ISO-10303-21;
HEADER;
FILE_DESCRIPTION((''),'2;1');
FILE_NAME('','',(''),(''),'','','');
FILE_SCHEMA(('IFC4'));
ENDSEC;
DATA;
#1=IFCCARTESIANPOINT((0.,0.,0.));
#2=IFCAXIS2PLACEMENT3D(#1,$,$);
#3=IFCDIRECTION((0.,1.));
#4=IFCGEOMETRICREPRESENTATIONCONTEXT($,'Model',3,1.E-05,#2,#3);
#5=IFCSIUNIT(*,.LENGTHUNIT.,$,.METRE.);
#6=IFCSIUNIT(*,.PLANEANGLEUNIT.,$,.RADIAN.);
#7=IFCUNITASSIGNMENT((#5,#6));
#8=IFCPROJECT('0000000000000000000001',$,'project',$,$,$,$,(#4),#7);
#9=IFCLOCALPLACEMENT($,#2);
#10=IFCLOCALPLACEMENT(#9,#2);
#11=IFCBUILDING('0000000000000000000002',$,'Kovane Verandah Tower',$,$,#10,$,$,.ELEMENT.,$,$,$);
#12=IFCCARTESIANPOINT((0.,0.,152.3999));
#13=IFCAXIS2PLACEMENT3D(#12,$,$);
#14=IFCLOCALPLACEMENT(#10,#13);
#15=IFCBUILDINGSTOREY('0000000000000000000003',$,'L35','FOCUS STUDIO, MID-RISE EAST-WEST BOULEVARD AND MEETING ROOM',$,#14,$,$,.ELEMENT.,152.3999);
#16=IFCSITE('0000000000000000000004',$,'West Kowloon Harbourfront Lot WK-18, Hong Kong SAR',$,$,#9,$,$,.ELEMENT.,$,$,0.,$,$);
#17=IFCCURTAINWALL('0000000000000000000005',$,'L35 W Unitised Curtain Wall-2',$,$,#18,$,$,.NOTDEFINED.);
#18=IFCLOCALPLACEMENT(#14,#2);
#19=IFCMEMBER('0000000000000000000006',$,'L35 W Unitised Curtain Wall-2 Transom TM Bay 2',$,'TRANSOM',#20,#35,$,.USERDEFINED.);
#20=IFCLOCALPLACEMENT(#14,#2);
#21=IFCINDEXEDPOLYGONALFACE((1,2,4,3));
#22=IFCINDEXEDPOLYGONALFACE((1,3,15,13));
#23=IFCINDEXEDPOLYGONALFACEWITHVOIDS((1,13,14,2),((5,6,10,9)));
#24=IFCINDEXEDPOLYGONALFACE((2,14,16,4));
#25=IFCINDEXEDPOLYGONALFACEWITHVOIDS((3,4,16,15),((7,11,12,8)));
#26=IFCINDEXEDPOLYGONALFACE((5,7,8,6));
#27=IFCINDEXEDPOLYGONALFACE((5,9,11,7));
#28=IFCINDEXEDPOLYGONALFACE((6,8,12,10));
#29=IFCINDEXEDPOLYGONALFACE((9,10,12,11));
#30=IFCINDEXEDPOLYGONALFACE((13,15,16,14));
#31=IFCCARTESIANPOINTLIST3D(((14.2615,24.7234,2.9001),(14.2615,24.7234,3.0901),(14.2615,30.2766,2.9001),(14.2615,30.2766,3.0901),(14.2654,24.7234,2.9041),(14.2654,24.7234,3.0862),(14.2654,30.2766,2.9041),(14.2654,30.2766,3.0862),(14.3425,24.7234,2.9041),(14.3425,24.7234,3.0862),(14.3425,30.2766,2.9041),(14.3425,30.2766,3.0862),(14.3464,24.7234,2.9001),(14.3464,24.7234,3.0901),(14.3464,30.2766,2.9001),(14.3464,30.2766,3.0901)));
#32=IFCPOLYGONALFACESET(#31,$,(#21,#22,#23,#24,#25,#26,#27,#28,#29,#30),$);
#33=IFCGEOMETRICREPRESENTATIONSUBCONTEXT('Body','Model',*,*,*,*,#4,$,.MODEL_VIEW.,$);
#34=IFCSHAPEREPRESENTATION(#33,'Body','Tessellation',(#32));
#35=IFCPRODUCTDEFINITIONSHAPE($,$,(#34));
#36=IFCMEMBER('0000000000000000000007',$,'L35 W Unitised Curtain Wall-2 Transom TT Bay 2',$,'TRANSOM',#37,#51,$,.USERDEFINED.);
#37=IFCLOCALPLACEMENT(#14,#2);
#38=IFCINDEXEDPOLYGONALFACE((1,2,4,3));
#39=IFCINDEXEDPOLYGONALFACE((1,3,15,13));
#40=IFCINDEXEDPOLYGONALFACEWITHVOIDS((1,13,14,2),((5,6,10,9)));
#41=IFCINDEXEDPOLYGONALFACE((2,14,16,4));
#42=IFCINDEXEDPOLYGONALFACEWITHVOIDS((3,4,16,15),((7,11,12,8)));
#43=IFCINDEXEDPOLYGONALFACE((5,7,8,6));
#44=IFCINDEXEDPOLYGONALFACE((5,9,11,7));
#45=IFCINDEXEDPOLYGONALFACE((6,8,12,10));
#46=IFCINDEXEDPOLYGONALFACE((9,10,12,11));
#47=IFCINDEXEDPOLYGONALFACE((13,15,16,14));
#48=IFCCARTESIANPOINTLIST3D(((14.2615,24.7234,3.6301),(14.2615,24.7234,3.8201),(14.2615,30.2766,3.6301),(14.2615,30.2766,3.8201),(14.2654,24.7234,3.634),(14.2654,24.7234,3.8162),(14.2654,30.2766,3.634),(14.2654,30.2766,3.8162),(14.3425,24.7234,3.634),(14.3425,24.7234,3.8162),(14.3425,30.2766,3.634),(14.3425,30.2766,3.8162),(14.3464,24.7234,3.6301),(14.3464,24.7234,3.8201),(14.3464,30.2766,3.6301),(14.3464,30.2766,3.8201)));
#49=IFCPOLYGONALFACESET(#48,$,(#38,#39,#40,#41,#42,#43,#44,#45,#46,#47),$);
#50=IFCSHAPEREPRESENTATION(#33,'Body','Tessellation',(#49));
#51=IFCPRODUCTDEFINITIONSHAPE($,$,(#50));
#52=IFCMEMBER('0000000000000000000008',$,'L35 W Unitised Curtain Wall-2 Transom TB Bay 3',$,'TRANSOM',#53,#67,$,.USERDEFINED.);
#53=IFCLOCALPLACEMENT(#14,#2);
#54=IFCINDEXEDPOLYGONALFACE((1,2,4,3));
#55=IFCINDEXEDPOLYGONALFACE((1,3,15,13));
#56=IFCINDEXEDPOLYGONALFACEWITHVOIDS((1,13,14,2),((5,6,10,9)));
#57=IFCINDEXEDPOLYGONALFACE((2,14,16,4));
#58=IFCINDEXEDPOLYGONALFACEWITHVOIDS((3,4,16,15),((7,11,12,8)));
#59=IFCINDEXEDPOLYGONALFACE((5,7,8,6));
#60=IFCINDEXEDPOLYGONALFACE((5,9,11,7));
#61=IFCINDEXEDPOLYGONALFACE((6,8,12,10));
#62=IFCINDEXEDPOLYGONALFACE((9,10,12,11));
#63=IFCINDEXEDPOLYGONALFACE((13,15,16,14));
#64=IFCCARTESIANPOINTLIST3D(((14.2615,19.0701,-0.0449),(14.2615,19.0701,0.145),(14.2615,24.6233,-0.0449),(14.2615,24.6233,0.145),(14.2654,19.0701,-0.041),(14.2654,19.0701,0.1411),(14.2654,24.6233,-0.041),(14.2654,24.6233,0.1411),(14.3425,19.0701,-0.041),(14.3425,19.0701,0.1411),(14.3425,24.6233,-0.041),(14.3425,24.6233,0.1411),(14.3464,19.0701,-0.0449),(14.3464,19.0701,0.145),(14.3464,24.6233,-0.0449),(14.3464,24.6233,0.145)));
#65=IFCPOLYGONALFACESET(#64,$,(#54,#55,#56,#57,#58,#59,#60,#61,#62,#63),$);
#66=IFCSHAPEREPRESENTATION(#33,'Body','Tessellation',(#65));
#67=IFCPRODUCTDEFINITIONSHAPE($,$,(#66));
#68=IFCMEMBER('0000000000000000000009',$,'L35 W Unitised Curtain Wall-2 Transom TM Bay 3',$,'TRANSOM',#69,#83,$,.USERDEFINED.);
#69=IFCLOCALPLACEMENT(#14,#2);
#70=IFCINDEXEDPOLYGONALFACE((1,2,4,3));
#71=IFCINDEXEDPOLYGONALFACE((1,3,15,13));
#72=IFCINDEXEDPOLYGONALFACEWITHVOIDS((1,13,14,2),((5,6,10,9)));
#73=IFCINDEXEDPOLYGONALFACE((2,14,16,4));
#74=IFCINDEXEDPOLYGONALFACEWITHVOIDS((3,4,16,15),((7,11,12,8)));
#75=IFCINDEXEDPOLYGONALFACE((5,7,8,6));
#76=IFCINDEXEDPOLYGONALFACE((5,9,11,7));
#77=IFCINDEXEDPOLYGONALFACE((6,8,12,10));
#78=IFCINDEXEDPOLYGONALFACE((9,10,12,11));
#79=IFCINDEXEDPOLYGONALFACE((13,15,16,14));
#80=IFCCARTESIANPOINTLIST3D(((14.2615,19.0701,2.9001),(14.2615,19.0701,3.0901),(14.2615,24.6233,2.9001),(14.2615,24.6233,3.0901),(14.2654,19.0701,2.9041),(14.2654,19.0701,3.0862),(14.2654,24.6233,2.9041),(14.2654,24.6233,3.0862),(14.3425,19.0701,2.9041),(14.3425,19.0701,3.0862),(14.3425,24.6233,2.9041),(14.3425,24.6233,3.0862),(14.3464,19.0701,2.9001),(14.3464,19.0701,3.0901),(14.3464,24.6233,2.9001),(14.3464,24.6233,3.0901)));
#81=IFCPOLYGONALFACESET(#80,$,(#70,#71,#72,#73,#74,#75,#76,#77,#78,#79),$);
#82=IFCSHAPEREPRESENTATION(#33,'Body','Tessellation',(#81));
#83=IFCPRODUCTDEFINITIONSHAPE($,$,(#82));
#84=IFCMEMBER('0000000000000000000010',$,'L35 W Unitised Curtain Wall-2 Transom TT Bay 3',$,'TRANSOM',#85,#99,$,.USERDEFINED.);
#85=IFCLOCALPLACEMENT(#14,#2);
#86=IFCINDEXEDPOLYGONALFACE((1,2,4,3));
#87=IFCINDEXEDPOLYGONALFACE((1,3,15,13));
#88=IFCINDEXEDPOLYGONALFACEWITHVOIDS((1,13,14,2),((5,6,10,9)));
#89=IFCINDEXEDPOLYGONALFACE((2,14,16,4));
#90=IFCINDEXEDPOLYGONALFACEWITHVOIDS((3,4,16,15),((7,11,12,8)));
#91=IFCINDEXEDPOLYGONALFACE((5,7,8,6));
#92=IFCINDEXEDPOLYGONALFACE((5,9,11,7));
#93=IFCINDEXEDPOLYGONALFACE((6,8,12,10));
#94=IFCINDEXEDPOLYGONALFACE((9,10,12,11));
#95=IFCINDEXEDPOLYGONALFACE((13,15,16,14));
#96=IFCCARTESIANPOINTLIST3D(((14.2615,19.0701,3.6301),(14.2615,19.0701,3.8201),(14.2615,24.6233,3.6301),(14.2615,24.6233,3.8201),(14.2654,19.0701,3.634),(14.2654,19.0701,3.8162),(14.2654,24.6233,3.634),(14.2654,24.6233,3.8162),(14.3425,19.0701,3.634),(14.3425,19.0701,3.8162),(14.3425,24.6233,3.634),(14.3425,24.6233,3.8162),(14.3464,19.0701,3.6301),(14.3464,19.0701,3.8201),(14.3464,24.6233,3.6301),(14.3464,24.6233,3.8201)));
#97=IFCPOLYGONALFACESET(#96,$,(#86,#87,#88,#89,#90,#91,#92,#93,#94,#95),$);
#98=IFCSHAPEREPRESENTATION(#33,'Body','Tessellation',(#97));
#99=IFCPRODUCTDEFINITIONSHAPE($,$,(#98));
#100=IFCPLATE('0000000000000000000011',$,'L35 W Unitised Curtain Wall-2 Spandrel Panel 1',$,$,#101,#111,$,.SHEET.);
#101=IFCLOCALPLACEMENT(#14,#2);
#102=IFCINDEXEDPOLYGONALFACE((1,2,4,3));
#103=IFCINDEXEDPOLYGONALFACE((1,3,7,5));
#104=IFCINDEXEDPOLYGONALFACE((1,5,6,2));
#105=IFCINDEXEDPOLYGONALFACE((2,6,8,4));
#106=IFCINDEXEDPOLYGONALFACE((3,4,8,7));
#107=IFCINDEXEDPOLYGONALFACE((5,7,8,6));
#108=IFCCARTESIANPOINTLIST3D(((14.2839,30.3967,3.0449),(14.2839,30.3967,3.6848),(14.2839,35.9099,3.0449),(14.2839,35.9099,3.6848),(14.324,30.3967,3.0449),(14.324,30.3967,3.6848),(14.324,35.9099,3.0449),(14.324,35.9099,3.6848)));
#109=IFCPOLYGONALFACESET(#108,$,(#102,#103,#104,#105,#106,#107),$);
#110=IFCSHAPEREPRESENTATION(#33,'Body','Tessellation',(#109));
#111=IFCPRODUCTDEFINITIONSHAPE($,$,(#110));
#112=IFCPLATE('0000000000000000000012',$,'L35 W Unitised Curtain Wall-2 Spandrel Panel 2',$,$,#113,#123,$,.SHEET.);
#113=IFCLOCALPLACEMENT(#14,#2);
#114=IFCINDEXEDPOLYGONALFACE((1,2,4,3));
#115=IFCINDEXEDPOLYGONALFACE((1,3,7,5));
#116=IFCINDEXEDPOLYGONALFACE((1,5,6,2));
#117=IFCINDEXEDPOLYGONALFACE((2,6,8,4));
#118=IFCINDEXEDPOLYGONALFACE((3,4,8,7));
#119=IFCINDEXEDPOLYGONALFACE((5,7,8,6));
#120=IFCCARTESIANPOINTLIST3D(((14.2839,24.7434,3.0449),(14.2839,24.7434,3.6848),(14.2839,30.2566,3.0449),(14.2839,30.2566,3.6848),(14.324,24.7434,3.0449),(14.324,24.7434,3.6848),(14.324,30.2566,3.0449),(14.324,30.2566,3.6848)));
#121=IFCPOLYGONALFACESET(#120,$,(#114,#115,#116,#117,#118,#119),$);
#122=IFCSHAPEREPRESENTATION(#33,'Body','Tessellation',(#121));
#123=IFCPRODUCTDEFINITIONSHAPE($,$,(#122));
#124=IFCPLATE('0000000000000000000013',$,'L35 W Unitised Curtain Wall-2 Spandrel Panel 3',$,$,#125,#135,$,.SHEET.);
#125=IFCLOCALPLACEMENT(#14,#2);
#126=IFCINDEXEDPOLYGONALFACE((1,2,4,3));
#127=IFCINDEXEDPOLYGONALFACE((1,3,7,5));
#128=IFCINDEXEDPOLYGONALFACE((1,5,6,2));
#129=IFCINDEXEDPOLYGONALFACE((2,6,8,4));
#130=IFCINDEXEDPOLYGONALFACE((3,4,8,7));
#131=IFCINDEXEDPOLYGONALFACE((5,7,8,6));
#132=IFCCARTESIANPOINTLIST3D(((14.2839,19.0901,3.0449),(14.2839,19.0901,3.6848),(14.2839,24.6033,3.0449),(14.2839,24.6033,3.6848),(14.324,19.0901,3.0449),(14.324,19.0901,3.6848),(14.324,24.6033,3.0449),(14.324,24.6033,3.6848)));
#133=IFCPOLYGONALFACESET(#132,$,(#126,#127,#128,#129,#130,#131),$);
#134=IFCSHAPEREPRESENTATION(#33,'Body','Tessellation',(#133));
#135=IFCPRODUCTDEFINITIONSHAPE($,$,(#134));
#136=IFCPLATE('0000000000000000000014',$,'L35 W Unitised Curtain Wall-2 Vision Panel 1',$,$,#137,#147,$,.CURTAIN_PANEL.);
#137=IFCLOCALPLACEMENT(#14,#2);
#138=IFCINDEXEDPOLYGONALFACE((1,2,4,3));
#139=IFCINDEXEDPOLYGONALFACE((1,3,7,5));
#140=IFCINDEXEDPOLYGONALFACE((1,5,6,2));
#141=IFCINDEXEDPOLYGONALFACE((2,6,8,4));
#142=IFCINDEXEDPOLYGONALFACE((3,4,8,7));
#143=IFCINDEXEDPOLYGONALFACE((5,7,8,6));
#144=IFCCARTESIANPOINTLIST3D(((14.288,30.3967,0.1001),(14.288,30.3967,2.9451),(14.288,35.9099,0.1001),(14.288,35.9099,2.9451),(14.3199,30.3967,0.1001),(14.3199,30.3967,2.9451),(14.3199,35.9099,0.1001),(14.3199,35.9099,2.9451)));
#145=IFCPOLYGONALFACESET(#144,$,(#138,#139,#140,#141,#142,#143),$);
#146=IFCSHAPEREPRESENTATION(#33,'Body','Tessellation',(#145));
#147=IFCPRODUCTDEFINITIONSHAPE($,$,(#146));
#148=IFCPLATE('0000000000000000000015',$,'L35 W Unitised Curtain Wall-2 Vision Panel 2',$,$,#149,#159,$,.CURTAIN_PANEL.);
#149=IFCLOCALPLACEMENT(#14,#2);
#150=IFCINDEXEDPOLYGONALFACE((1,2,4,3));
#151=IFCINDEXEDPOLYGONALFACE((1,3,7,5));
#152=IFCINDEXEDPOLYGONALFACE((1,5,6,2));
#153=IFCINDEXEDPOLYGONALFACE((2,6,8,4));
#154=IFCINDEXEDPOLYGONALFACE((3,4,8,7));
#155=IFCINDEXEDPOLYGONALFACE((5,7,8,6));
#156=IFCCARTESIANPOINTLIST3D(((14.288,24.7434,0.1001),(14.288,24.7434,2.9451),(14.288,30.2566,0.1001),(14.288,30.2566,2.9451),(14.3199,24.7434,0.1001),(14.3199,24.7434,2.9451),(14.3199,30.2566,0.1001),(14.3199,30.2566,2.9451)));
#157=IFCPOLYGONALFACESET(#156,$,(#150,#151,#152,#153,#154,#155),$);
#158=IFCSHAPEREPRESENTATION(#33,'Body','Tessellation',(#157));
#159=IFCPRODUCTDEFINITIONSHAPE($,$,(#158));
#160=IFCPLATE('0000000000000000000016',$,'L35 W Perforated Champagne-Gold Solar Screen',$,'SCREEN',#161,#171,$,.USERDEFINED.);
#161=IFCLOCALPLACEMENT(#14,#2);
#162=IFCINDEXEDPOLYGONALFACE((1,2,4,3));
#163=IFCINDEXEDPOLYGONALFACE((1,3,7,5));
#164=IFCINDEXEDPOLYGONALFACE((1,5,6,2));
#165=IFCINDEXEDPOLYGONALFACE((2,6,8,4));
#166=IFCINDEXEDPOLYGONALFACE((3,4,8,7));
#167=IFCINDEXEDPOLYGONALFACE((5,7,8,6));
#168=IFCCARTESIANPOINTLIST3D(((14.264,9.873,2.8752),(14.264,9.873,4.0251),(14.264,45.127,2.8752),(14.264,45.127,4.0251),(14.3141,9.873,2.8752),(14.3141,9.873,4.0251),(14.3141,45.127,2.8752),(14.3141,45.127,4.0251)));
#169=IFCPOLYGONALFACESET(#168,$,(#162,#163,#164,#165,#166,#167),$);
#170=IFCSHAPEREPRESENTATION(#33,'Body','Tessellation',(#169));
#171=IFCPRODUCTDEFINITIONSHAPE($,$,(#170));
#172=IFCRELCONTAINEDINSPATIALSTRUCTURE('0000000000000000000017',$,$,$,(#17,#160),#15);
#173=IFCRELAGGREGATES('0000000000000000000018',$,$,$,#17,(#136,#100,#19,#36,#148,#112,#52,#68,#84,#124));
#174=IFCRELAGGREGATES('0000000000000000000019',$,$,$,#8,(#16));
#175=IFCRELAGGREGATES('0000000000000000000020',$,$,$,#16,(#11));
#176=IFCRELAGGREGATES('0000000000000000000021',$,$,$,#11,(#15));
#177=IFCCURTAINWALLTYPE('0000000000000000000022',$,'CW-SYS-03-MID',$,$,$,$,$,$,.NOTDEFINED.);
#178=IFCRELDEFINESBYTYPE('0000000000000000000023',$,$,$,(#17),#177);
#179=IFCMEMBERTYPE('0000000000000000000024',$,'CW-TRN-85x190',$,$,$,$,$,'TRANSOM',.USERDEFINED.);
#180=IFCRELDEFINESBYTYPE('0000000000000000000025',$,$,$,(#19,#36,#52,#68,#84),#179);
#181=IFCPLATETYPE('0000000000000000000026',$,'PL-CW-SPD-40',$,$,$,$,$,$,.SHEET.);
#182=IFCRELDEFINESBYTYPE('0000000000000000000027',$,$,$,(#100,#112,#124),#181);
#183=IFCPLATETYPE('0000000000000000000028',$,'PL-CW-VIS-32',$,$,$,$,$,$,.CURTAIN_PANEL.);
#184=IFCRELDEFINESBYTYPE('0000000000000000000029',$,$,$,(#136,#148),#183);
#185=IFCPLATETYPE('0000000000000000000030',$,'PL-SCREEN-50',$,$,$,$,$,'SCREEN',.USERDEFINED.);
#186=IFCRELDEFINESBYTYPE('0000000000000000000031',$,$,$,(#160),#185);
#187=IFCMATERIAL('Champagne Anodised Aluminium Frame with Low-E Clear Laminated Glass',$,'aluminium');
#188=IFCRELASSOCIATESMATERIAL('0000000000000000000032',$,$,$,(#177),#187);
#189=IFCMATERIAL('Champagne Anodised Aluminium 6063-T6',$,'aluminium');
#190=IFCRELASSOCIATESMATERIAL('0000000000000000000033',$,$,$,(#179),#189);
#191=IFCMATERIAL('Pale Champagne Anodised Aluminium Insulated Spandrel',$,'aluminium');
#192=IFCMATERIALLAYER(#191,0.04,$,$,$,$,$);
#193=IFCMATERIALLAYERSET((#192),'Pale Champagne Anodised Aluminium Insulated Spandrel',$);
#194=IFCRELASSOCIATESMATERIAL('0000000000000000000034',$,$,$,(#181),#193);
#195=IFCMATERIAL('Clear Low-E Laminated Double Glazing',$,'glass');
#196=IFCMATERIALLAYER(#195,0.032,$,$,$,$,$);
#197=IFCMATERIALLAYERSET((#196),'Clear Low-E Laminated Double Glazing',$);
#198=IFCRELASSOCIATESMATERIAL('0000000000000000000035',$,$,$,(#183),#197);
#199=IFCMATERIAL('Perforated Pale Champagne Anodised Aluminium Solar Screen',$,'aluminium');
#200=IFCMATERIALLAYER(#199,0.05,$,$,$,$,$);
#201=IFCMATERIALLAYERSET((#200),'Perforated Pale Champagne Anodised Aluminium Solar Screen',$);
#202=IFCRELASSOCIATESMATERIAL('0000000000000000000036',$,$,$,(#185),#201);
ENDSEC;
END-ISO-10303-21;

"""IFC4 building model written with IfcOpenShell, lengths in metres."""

from ifc_helpers import new_model, si_unit, direction, frame, origin, origin_2d, place, context, subcontext, project, spatial, rectangle, hollow_rectangle, extrude, material, layer, layer_set, material_profile, profile_set, type_object, element, aggregate, save


model = new_model("IFC4")

# Units and contexts
model_context = context("Model", 3, precision=1e-05, world=origin(), true_north=direction((0.0, 1.0)))
body_context = subcontext(model_context, "Body", "Model", "MODEL_VIEW")
ifc_project = project(units=[si_unit("LENGTHUNIT", "METRE"), si_unit("PLANEANGLEUNIT", "RADIAN")], contexts=[model_context])

# Site, building, storey
site_placement = place(None, origin())
site = spatial("IfcSite", under=ifc_project, at=site_placement, Name="West Kowloon Harbourfront Lot WK-18, Hong Kong SAR", CompositionType="ELEMENT", RefElevation=0.0)
building_placement = place(site_placement, origin())
building = spatial("IfcBuilding", under=site, at=building_placement, Name="Kovane Verandah Tower", CompositionType="ELEMENT")
storey_placement = place(building_placement, frame((0.0, 0.0, 152.3999)))
storey = spatial("IfcBuildingStorey", under=building, at=storey_placement, Name="L35", Description="FOCUS STUDIO, MID-RISE EAST-WEST BOULEVARD AND MEETING ROOM", CompositionType="ELEMENT", Elevation=152.3999)

# Curtain wall, members, plates
ifc_material_1 = material(Name="Champagne Anodised Aluminium Frame with Low-E Clear Laminated Glass", Category="aluminium")
curtain_wall_type = type_object("IfcCurtainWallType", Name="CW-SYS-03-MID", PredefinedType="NOTDEFINED", material=ifc_material_1)
curtain_wall_placement = place(storey_placement, origin())
curtain_wall = element("IfcCurtainWall", 1, at=curtain_wall_placement, inside=storey, type_object=curtain_wall_type, Name="L35 W Unitised Curtain Wall-2", PredefinedType="NOTDEFINED")
ifc_material_2 = material(Name="Champagne Anodised Aluminium 6063-T6", Category="aluminium")
ifc_material_profile_1 = material_profile(ifc_material_2, hollow_rectangle(XDim=0.085, YDim=0.1899, WallThickness=0.0039, at=origin_2d()), Name="AL85x190x4")
ifc_profile_set_1 = profile_set([ifc_material_profile_1], Name="Champagne Anodised Aluminium 6063-T6")
member_type_1 = type_object("IfcMemberType", Name="CW-TRN-85x190", ElementType="TRANSOM", PredefinedType="USERDEFINED", material=ifc_profile_set_1)
member_1_placement = place(storey_placement, frame((14.304, 30.2766, 2.9951), z_axis=(0.0, -1.0, 0.0), x_axis=(1.0, 0.0, 0.0)))
member_1 = element("IfcMember", 2, at=member_1_placement, type_object=member_type_1, Name="L35 W Unitised Curtain Wall-2 Transom TM Bay 2", ObjectType="TRANSOM", PredefinedType="USERDEFINED", context=body_context, shape_type="SweptSolid", body=[
    extrude(hollow_rectangle(XDim=0.085, YDim=0.1899, WallThickness=0.0039, at=origin_2d()), origin(), (0.0, 0.0, 1.0), 5.5532),
])
member_2_placement = place(storey_placement, frame((14.304, 30.2766, 3.7251), z_axis=(0.0, -1.0, 0.0), x_axis=(1.0, 0.0, 0.0)))
member_2 = element("IfcMember", 3, at=member_2_placement, type_object=member_type_1, Name="L35 W Unitised Curtain Wall-2 Transom TT Bay 2", ObjectType="TRANSOM", PredefinedType="USERDEFINED", context=body_context, shape_type="SweptSolid", body=[
    extrude(hollow_rectangle(XDim=0.085, YDim=0.1899, WallThickness=0.0039, at=origin_2d()), origin(), (0.0, 0.0, 1.0), 5.5532),
])
member_3_placement = place(storey_placement, frame((14.304, 24.6233, 0.05), z_axis=(0.0, -1.0, 0.0), x_axis=(1.0, 0.0, 0.0)))
member_3 = element("IfcMember", 4, at=member_3_placement, type_object=member_type_1, Name="L35 W Unitised Curtain Wall-2 Transom TB Bay 3", ObjectType="TRANSOM", PredefinedType="USERDEFINED", context=body_context, shape_type="SweptSolid", body=[
    extrude(hollow_rectangle(XDim=0.085, YDim=0.1899, WallThickness=0.0039, at=origin_2d()), origin(), (0.0, 0.0, 1.0), 5.5532),
])
member_4_placement = place(storey_placement, frame((14.304, 24.6233, 2.9951), z_axis=(0.0, -1.0, 0.0), x_axis=(1.0, 0.0, 0.0)))
member_4 = element("IfcMember", 5, at=member_4_placement, type_object=member_type_1, Name="L35 W Unitised Curtain Wall-2 Transom TM Bay 3", ObjectType="TRANSOM", PredefinedType="USERDEFINED", context=body_context, shape_type="SweptSolid", body=[
    extrude(hollow_rectangle(XDim=0.085, YDim=0.1899, WallThickness=0.0039, at=origin_2d()), origin(), (0.0, 0.0, 1.0), 5.5532),
])
member_5_placement = place(storey_placement, frame((14.304, 24.6233, 3.7251), z_axis=(0.0, -1.0, 0.0), x_axis=(1.0, 0.0, 0.0)))
member_5 = element("IfcMember", 6, at=member_5_placement, type_object=member_type_1, Name="L35 W Unitised Curtain Wall-2 Transom TT Bay 3", ObjectType="TRANSOM", PredefinedType="USERDEFINED", context=body_context, shape_type="SweptSolid", body=[
    extrude(hollow_rectangle(XDim=0.085, YDim=0.1899, WallThickness=0.0039, at=origin_2d()), origin(), (0.0, 0.0, 1.0), 5.5532),
])
ifc_material_3 = material(Name="Pale Champagne Anodised Aluminium Insulated Spandrel", Category="aluminium")
ifc_layer_1 = layer(ifc_material_3, 0.04)
ifc_layer_set_1 = layer_set([ifc_layer_1], Name="Pale Champagne Anodised Aluminium Insulated Spandrel")
plate_type_1 = type_object("IfcPlateType", Name="PL-CW-SPD-40", PredefinedType="SHEET", material=ifc_layer_set_1)
plate_1_placement = place(storey_placement, frame((14.304, 33.1533, 3.0449), z_axis=(0.0, 0.0, 1.0), x_axis=(0.0, -1.0, 0.0)))
plate_1 = element("IfcPlate", 7, at=plate_1_placement, type_object=plate_type_1, Name="L35 W Unitised Curtain Wall-2 Spandrel Panel 1", PredefinedType="SHEET", context=body_context, shape_type="SweptSolid", body=[
    extrude(rectangle(XDim=5.5132, YDim=0.04, at=origin_2d()), origin(), (0.0, 0.0, 1.0), 0.6399),
])
plate_2_placement = place(storey_placement, frame((14.304, 27.5, 3.0449), z_axis=(0.0, 0.0, 1.0), x_axis=(0.0, -1.0, 0.0)))
plate_2 = element("IfcPlate", 8, at=plate_2_placement, type_object=plate_type_1, Name="L35 W Unitised Curtain Wall-2 Spandrel Panel 2", PredefinedType="SHEET", context=body_context, shape_type="SweptSolid", body=[
    extrude(rectangle(XDim=5.5132, YDim=0.04, at=origin_2d()), origin(), (0.0, 0.0, 1.0), 0.6399),
])
plate_3_placement = place(storey_placement, frame((14.304, 21.8467, 3.0449), z_axis=(0.0, 0.0, 1.0), x_axis=(0.0, -1.0, 0.0)))
plate_3 = element("IfcPlate", 9, at=plate_3_placement, type_object=plate_type_1, Name="L35 W Unitised Curtain Wall-2 Spandrel Panel 3", PredefinedType="SHEET", context=body_context, shape_type="SweptSolid", body=[
    extrude(rectangle(XDim=5.5132, YDim=0.04, at=origin_2d()), origin(), (0.0, 0.0, 1.0), 0.6399),
])
ifc_material_4 = material(Name="Clear Low-E Laminated Double Glazing", Category="glass")
ifc_layer_2 = layer(ifc_material_4, 0.032)
ifc_layer_set_2 = layer_set([ifc_layer_2], Name="Clear Low-E Laminated Double Glazing")
plate_type_2 = type_object("IfcPlateType", Name="PL-CW-VIS-32", PredefinedType="CURTAIN_PANEL", material=ifc_layer_set_2)
plate_4_placement = place(storey_placement, frame((14.304, 33.1533, 0.1001), z_axis=(0.0, 0.0, 1.0), x_axis=(0.0, -1.0, 0.0)))
plate_4 = element("IfcPlate", 10, at=plate_4_placement, type_object=plate_type_2, Name="L35 W Unitised Curtain Wall-2 Vision Panel 1", PredefinedType="CURTAIN_PANEL", context=body_context, shape_type="SweptSolid", body=[
    extrude(rectangle(XDim=5.5132, YDim=0.032, at=origin_2d()), origin(), (0.0, 0.0, 1.0), 2.845),
])
plate_5_placement = place(storey_placement, frame((14.304, 27.5, 0.1001), z_axis=(0.0, 0.0, 1.0), x_axis=(0.0, -1.0, 0.0)))
plate_5 = element("IfcPlate", 11, at=plate_5_placement, type_object=plate_type_2, Name="L35 W Unitised Curtain Wall-2 Vision Panel 2", PredefinedType="CURTAIN_PANEL", context=body_context, shape_type="SweptSolid", body=[
    extrude(rectangle(XDim=5.5132, YDim=0.032, at=origin_2d()), origin(), (0.0, 0.0, 1.0), 2.845),
])
aggregate(curtain_wall, [plate_4, plate_1, member_1, member_2, plate_5, plate_2, member_3, member_4, member_5, plate_3])

# Plate
ifc_material_5 = material(Name="Perforated Pale Champagne Anodised Aluminium Solar Screen", Category="aluminium")
ifc_layer_3 = layer(ifc_material_5, 0.05)
ifc_layer_set_3 = layer_set([ifc_layer_3], Name="Perforated Pale Champagne Anodised Aluminium Solar Screen")
plate_type_3 = type_object("IfcPlateType", Name="PL-SCREEN-50", ElementType="SCREEN", PredefinedType="USERDEFINED", material=ifc_layer_set_3)
plate_6_placement = place(storey_placement, frame((14.2891, 27.5, 2.8752), z_axis=(0.0, 0.0, 1.0), x_axis=(0.0, -1.0, 0.0)))
element("IfcPlate", 12, at=plate_6_placement, inside=storey, type_object=plate_type_3, Name="L35 W Perforated Champagne-Gold Solar Screen", ObjectType="SCREEN", PredefinedType="USERDEFINED", context=body_context, shape_type="SweptSolid", body=[
    extrude(rectangle(XDim=35.2539, YDim=0.05, at=origin_2d()), origin(), (0.0, 0.0, 1.0), 1.1499),
])

save(model, "model.ifc")
